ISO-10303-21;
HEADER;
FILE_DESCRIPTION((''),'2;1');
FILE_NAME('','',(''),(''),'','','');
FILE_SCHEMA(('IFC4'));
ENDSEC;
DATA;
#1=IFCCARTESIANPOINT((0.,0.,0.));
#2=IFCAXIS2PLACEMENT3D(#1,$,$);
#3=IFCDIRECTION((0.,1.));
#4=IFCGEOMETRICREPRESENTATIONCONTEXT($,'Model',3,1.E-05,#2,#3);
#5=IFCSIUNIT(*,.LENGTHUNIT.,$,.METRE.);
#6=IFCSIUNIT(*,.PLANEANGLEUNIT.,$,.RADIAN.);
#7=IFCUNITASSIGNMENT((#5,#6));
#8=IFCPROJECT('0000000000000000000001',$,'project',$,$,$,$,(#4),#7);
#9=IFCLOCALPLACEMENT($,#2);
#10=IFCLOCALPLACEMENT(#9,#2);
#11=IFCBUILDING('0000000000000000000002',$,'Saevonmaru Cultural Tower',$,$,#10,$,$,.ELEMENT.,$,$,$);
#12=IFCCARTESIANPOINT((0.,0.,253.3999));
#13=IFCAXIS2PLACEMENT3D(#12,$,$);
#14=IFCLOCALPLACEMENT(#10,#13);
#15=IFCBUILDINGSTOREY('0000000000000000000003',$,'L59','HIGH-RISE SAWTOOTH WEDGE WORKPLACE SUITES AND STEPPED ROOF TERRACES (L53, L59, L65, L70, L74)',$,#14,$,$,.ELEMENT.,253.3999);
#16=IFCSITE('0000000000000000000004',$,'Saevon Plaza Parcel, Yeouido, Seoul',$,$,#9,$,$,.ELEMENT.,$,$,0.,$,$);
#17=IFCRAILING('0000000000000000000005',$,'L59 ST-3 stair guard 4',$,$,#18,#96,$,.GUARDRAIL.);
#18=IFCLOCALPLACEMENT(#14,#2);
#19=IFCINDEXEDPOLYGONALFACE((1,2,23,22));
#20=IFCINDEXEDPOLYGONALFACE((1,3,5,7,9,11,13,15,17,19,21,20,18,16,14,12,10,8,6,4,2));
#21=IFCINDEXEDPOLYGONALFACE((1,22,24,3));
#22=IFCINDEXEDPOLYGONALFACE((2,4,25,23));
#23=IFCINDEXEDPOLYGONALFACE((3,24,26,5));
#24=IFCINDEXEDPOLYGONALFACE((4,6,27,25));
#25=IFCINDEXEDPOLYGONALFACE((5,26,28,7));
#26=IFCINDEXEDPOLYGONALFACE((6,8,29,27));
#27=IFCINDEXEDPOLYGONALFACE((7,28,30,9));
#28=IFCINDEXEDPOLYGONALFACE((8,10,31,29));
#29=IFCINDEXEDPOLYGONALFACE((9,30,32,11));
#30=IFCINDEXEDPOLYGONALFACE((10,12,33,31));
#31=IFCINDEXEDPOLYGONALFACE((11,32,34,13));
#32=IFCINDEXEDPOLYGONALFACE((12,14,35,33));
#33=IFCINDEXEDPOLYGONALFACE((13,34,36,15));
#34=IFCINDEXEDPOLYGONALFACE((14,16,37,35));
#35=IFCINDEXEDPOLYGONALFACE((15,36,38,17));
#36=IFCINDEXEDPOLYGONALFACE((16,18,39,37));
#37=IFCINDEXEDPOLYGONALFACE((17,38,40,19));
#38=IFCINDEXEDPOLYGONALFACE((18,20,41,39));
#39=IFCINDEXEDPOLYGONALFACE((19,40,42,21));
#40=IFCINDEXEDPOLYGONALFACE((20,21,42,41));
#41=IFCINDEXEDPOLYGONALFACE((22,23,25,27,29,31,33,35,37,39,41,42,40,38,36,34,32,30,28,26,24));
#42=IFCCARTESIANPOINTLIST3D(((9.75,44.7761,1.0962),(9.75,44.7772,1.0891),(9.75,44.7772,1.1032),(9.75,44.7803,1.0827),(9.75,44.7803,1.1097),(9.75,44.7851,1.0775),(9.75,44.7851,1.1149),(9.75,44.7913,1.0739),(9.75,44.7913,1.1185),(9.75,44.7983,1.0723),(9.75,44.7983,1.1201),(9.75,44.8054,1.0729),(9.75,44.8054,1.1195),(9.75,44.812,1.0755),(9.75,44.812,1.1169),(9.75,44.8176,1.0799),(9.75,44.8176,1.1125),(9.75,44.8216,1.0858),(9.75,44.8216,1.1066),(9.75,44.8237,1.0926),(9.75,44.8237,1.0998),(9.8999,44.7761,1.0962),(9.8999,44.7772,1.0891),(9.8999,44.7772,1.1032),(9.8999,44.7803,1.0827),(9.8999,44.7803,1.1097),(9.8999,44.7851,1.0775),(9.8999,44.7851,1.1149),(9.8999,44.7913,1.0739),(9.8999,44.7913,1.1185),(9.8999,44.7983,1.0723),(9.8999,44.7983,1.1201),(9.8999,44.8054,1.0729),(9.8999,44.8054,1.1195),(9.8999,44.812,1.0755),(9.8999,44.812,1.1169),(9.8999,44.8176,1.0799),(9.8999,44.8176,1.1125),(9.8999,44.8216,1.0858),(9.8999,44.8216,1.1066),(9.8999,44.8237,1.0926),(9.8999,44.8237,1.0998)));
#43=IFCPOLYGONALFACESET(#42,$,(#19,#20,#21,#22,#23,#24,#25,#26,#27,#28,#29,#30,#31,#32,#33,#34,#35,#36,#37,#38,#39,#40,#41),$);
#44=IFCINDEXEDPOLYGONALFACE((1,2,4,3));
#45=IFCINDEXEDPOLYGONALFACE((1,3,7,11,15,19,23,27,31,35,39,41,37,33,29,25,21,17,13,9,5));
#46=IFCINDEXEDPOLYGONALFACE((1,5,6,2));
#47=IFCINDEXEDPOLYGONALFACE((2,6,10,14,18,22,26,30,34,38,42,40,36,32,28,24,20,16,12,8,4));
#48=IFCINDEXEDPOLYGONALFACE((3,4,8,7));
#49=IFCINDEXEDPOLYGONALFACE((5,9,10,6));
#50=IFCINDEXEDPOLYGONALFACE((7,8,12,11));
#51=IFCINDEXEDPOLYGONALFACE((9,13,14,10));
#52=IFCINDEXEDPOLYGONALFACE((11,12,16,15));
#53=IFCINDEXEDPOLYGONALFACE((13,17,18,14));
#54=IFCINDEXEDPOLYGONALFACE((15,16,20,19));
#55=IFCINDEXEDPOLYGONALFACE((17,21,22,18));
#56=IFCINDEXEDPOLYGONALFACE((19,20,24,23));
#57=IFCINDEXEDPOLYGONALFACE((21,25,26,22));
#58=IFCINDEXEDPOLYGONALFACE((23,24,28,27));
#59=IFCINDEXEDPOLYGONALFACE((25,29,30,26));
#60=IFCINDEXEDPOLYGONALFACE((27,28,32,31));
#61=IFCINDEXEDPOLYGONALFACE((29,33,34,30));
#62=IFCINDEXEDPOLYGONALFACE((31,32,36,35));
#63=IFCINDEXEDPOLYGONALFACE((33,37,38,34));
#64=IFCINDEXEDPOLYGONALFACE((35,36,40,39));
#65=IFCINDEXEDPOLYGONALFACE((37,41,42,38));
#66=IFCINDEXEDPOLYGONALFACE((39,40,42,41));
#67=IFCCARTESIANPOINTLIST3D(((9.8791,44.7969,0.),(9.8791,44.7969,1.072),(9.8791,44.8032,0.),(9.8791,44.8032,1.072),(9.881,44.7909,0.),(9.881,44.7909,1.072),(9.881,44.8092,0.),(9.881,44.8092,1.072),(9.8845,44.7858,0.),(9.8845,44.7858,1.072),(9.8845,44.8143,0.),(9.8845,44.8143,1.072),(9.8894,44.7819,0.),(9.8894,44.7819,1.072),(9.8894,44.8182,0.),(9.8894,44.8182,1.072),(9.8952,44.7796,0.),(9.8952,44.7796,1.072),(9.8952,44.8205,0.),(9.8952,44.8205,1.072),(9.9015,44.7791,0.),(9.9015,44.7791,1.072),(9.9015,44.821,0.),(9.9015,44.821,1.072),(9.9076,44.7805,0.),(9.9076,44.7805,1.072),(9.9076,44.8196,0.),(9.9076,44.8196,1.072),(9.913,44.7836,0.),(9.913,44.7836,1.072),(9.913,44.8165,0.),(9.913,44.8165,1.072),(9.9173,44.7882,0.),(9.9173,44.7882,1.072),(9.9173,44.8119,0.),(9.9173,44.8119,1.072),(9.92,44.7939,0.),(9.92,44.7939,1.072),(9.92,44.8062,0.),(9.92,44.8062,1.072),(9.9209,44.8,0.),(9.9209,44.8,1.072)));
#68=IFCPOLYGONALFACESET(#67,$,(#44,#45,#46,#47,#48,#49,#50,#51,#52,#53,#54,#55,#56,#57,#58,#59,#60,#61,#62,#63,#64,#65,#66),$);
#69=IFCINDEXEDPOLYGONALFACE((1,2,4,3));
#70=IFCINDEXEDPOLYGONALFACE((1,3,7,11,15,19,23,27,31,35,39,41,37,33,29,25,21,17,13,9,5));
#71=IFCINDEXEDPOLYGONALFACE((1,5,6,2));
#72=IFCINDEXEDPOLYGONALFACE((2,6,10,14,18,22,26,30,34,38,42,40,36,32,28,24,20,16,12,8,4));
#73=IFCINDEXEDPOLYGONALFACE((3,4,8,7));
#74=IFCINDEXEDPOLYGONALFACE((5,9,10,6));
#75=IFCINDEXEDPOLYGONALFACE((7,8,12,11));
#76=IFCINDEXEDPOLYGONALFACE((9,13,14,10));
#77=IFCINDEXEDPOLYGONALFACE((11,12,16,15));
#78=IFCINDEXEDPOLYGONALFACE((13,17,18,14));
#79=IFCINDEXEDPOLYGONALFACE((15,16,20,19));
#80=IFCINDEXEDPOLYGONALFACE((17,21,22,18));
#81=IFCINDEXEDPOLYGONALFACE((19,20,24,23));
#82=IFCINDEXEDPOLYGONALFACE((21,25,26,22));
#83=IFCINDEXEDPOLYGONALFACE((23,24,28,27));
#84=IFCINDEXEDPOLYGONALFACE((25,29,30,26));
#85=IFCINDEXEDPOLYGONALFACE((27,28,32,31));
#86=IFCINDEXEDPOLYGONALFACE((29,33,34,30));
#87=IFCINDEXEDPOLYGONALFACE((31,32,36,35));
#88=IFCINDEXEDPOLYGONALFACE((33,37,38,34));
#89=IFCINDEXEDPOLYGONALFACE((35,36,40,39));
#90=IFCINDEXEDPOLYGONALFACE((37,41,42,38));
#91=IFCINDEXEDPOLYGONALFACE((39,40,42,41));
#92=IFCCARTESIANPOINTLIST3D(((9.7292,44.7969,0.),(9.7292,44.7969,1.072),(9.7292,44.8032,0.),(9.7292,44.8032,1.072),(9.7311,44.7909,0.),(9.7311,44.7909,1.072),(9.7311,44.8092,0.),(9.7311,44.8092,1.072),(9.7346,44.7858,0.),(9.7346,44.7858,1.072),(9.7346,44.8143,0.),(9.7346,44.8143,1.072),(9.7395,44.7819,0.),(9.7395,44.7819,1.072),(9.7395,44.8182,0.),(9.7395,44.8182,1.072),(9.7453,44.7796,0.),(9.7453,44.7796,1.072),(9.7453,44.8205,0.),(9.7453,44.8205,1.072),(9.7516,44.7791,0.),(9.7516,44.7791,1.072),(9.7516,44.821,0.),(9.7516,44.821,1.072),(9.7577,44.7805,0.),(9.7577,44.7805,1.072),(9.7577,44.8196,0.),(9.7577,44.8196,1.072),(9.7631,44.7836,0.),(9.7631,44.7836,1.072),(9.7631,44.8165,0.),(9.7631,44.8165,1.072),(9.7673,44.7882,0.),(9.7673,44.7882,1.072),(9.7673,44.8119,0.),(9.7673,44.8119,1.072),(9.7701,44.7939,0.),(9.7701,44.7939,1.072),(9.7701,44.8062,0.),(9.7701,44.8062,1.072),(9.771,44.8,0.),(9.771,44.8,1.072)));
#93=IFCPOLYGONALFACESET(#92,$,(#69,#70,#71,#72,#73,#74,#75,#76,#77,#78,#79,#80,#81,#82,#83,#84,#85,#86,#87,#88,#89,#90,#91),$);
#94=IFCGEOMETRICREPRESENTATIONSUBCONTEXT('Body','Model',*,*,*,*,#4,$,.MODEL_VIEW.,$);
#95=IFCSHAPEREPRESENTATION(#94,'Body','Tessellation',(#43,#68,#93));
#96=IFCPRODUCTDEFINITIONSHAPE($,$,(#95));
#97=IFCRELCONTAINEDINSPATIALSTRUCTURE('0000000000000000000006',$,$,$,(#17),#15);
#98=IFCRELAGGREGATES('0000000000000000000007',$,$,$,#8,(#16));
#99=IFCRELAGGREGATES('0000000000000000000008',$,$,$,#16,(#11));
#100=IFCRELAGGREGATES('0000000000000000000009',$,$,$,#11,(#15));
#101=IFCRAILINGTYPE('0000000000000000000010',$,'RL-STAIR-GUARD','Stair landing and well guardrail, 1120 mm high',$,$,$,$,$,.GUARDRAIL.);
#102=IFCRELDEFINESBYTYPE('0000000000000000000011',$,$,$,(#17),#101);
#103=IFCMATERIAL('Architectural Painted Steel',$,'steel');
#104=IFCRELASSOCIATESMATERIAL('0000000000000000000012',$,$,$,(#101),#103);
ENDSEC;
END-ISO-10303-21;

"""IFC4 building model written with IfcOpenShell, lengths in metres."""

from ifc_helpers import new_model, si_unit, direction, frame, origin, origin_2d, place, context, subcontext, project, spatial, circle, extrude, material, type_object, element, save


model = new_model("IFC4")

# Units and contexts
model_context = context("Model", 3, precision=1e-05, world=origin(), true_north=direction((0.0, 1.0)))
body_context = subcontext(model_context, "Body", "Model", "MODEL_VIEW")
ifc_project = project(units=[si_unit("LENGTHUNIT", "METRE"), si_unit("PLANEANGLEUNIT", "RADIAN")], contexts=[model_context])

# Site, building, storey
site_placement = place(None, origin())
site = spatial("IfcSite", under=ifc_project, at=site_placement, Name="Saevon Plaza Parcel, Yeouido, Seoul", CompositionType="ELEMENT", RefElevation=0.0)
building_placement = place(site_placement, origin())
building = spatial("IfcBuilding", under=site, at=building_placement, Name="Saevonmaru Cultural Tower", CompositionType="ELEMENT")
storey_placement = place(building_placement, frame((0.0, 0.0, 253.3999)))
storey = spatial("IfcBuildingStorey", under=building, at=storey_placement, Name="L59", Description="HIGH-RISE SAWTOOTH WEDGE WORKPLACE SUITES AND STEPPED ROOF TERRACES (L53, L59, L65, L70, L74)", CompositionType="ELEMENT", Elevation=253.3999)

# Railing
ifc_material_1 = material(Name="Architectural Painted Steel", Category="steel")
railing_type_1 = type_object("IfcRailingType", Name="RL-STAIR-GUARD", Description="Stair landing and well guardrail, 1120 mm high", PredefinedType="GUARDRAIL", material=ifc_material_1)
railing_1_placement = place(storey_placement, frame((9.8999, 44.8, 0.0)))
element("IfcRailing", 1, at=railing_1_placement, inside=storey, type_object=railing_type_1, Name="L59 ST-3 stair guard 4", PredefinedType="GUARDRAIL", context=body_context, shape_type="SweptSolid", body=[
    extrude(circle(Radius=0.0239, at=origin_2d()), frame((0.0, 0.0, 1.0962), z_axis=(-1.0, 0.0, 0.0), x_axis=(0.0, -1.0, 0.0)), (0.0, 0.0, 1.0), 0.1499),
    extrude(circle(Radius=0.021, at=origin_2d()), origin(), (0.0, 0.0, 1.0), 1.072),
    extrude(circle(Radius=0.021, at=origin_2d()), frame((-0.1499, 0.0, 0.0)), (0.0, 0.0, 1.0), 1.072),
])

save(model, "model.ifc")
